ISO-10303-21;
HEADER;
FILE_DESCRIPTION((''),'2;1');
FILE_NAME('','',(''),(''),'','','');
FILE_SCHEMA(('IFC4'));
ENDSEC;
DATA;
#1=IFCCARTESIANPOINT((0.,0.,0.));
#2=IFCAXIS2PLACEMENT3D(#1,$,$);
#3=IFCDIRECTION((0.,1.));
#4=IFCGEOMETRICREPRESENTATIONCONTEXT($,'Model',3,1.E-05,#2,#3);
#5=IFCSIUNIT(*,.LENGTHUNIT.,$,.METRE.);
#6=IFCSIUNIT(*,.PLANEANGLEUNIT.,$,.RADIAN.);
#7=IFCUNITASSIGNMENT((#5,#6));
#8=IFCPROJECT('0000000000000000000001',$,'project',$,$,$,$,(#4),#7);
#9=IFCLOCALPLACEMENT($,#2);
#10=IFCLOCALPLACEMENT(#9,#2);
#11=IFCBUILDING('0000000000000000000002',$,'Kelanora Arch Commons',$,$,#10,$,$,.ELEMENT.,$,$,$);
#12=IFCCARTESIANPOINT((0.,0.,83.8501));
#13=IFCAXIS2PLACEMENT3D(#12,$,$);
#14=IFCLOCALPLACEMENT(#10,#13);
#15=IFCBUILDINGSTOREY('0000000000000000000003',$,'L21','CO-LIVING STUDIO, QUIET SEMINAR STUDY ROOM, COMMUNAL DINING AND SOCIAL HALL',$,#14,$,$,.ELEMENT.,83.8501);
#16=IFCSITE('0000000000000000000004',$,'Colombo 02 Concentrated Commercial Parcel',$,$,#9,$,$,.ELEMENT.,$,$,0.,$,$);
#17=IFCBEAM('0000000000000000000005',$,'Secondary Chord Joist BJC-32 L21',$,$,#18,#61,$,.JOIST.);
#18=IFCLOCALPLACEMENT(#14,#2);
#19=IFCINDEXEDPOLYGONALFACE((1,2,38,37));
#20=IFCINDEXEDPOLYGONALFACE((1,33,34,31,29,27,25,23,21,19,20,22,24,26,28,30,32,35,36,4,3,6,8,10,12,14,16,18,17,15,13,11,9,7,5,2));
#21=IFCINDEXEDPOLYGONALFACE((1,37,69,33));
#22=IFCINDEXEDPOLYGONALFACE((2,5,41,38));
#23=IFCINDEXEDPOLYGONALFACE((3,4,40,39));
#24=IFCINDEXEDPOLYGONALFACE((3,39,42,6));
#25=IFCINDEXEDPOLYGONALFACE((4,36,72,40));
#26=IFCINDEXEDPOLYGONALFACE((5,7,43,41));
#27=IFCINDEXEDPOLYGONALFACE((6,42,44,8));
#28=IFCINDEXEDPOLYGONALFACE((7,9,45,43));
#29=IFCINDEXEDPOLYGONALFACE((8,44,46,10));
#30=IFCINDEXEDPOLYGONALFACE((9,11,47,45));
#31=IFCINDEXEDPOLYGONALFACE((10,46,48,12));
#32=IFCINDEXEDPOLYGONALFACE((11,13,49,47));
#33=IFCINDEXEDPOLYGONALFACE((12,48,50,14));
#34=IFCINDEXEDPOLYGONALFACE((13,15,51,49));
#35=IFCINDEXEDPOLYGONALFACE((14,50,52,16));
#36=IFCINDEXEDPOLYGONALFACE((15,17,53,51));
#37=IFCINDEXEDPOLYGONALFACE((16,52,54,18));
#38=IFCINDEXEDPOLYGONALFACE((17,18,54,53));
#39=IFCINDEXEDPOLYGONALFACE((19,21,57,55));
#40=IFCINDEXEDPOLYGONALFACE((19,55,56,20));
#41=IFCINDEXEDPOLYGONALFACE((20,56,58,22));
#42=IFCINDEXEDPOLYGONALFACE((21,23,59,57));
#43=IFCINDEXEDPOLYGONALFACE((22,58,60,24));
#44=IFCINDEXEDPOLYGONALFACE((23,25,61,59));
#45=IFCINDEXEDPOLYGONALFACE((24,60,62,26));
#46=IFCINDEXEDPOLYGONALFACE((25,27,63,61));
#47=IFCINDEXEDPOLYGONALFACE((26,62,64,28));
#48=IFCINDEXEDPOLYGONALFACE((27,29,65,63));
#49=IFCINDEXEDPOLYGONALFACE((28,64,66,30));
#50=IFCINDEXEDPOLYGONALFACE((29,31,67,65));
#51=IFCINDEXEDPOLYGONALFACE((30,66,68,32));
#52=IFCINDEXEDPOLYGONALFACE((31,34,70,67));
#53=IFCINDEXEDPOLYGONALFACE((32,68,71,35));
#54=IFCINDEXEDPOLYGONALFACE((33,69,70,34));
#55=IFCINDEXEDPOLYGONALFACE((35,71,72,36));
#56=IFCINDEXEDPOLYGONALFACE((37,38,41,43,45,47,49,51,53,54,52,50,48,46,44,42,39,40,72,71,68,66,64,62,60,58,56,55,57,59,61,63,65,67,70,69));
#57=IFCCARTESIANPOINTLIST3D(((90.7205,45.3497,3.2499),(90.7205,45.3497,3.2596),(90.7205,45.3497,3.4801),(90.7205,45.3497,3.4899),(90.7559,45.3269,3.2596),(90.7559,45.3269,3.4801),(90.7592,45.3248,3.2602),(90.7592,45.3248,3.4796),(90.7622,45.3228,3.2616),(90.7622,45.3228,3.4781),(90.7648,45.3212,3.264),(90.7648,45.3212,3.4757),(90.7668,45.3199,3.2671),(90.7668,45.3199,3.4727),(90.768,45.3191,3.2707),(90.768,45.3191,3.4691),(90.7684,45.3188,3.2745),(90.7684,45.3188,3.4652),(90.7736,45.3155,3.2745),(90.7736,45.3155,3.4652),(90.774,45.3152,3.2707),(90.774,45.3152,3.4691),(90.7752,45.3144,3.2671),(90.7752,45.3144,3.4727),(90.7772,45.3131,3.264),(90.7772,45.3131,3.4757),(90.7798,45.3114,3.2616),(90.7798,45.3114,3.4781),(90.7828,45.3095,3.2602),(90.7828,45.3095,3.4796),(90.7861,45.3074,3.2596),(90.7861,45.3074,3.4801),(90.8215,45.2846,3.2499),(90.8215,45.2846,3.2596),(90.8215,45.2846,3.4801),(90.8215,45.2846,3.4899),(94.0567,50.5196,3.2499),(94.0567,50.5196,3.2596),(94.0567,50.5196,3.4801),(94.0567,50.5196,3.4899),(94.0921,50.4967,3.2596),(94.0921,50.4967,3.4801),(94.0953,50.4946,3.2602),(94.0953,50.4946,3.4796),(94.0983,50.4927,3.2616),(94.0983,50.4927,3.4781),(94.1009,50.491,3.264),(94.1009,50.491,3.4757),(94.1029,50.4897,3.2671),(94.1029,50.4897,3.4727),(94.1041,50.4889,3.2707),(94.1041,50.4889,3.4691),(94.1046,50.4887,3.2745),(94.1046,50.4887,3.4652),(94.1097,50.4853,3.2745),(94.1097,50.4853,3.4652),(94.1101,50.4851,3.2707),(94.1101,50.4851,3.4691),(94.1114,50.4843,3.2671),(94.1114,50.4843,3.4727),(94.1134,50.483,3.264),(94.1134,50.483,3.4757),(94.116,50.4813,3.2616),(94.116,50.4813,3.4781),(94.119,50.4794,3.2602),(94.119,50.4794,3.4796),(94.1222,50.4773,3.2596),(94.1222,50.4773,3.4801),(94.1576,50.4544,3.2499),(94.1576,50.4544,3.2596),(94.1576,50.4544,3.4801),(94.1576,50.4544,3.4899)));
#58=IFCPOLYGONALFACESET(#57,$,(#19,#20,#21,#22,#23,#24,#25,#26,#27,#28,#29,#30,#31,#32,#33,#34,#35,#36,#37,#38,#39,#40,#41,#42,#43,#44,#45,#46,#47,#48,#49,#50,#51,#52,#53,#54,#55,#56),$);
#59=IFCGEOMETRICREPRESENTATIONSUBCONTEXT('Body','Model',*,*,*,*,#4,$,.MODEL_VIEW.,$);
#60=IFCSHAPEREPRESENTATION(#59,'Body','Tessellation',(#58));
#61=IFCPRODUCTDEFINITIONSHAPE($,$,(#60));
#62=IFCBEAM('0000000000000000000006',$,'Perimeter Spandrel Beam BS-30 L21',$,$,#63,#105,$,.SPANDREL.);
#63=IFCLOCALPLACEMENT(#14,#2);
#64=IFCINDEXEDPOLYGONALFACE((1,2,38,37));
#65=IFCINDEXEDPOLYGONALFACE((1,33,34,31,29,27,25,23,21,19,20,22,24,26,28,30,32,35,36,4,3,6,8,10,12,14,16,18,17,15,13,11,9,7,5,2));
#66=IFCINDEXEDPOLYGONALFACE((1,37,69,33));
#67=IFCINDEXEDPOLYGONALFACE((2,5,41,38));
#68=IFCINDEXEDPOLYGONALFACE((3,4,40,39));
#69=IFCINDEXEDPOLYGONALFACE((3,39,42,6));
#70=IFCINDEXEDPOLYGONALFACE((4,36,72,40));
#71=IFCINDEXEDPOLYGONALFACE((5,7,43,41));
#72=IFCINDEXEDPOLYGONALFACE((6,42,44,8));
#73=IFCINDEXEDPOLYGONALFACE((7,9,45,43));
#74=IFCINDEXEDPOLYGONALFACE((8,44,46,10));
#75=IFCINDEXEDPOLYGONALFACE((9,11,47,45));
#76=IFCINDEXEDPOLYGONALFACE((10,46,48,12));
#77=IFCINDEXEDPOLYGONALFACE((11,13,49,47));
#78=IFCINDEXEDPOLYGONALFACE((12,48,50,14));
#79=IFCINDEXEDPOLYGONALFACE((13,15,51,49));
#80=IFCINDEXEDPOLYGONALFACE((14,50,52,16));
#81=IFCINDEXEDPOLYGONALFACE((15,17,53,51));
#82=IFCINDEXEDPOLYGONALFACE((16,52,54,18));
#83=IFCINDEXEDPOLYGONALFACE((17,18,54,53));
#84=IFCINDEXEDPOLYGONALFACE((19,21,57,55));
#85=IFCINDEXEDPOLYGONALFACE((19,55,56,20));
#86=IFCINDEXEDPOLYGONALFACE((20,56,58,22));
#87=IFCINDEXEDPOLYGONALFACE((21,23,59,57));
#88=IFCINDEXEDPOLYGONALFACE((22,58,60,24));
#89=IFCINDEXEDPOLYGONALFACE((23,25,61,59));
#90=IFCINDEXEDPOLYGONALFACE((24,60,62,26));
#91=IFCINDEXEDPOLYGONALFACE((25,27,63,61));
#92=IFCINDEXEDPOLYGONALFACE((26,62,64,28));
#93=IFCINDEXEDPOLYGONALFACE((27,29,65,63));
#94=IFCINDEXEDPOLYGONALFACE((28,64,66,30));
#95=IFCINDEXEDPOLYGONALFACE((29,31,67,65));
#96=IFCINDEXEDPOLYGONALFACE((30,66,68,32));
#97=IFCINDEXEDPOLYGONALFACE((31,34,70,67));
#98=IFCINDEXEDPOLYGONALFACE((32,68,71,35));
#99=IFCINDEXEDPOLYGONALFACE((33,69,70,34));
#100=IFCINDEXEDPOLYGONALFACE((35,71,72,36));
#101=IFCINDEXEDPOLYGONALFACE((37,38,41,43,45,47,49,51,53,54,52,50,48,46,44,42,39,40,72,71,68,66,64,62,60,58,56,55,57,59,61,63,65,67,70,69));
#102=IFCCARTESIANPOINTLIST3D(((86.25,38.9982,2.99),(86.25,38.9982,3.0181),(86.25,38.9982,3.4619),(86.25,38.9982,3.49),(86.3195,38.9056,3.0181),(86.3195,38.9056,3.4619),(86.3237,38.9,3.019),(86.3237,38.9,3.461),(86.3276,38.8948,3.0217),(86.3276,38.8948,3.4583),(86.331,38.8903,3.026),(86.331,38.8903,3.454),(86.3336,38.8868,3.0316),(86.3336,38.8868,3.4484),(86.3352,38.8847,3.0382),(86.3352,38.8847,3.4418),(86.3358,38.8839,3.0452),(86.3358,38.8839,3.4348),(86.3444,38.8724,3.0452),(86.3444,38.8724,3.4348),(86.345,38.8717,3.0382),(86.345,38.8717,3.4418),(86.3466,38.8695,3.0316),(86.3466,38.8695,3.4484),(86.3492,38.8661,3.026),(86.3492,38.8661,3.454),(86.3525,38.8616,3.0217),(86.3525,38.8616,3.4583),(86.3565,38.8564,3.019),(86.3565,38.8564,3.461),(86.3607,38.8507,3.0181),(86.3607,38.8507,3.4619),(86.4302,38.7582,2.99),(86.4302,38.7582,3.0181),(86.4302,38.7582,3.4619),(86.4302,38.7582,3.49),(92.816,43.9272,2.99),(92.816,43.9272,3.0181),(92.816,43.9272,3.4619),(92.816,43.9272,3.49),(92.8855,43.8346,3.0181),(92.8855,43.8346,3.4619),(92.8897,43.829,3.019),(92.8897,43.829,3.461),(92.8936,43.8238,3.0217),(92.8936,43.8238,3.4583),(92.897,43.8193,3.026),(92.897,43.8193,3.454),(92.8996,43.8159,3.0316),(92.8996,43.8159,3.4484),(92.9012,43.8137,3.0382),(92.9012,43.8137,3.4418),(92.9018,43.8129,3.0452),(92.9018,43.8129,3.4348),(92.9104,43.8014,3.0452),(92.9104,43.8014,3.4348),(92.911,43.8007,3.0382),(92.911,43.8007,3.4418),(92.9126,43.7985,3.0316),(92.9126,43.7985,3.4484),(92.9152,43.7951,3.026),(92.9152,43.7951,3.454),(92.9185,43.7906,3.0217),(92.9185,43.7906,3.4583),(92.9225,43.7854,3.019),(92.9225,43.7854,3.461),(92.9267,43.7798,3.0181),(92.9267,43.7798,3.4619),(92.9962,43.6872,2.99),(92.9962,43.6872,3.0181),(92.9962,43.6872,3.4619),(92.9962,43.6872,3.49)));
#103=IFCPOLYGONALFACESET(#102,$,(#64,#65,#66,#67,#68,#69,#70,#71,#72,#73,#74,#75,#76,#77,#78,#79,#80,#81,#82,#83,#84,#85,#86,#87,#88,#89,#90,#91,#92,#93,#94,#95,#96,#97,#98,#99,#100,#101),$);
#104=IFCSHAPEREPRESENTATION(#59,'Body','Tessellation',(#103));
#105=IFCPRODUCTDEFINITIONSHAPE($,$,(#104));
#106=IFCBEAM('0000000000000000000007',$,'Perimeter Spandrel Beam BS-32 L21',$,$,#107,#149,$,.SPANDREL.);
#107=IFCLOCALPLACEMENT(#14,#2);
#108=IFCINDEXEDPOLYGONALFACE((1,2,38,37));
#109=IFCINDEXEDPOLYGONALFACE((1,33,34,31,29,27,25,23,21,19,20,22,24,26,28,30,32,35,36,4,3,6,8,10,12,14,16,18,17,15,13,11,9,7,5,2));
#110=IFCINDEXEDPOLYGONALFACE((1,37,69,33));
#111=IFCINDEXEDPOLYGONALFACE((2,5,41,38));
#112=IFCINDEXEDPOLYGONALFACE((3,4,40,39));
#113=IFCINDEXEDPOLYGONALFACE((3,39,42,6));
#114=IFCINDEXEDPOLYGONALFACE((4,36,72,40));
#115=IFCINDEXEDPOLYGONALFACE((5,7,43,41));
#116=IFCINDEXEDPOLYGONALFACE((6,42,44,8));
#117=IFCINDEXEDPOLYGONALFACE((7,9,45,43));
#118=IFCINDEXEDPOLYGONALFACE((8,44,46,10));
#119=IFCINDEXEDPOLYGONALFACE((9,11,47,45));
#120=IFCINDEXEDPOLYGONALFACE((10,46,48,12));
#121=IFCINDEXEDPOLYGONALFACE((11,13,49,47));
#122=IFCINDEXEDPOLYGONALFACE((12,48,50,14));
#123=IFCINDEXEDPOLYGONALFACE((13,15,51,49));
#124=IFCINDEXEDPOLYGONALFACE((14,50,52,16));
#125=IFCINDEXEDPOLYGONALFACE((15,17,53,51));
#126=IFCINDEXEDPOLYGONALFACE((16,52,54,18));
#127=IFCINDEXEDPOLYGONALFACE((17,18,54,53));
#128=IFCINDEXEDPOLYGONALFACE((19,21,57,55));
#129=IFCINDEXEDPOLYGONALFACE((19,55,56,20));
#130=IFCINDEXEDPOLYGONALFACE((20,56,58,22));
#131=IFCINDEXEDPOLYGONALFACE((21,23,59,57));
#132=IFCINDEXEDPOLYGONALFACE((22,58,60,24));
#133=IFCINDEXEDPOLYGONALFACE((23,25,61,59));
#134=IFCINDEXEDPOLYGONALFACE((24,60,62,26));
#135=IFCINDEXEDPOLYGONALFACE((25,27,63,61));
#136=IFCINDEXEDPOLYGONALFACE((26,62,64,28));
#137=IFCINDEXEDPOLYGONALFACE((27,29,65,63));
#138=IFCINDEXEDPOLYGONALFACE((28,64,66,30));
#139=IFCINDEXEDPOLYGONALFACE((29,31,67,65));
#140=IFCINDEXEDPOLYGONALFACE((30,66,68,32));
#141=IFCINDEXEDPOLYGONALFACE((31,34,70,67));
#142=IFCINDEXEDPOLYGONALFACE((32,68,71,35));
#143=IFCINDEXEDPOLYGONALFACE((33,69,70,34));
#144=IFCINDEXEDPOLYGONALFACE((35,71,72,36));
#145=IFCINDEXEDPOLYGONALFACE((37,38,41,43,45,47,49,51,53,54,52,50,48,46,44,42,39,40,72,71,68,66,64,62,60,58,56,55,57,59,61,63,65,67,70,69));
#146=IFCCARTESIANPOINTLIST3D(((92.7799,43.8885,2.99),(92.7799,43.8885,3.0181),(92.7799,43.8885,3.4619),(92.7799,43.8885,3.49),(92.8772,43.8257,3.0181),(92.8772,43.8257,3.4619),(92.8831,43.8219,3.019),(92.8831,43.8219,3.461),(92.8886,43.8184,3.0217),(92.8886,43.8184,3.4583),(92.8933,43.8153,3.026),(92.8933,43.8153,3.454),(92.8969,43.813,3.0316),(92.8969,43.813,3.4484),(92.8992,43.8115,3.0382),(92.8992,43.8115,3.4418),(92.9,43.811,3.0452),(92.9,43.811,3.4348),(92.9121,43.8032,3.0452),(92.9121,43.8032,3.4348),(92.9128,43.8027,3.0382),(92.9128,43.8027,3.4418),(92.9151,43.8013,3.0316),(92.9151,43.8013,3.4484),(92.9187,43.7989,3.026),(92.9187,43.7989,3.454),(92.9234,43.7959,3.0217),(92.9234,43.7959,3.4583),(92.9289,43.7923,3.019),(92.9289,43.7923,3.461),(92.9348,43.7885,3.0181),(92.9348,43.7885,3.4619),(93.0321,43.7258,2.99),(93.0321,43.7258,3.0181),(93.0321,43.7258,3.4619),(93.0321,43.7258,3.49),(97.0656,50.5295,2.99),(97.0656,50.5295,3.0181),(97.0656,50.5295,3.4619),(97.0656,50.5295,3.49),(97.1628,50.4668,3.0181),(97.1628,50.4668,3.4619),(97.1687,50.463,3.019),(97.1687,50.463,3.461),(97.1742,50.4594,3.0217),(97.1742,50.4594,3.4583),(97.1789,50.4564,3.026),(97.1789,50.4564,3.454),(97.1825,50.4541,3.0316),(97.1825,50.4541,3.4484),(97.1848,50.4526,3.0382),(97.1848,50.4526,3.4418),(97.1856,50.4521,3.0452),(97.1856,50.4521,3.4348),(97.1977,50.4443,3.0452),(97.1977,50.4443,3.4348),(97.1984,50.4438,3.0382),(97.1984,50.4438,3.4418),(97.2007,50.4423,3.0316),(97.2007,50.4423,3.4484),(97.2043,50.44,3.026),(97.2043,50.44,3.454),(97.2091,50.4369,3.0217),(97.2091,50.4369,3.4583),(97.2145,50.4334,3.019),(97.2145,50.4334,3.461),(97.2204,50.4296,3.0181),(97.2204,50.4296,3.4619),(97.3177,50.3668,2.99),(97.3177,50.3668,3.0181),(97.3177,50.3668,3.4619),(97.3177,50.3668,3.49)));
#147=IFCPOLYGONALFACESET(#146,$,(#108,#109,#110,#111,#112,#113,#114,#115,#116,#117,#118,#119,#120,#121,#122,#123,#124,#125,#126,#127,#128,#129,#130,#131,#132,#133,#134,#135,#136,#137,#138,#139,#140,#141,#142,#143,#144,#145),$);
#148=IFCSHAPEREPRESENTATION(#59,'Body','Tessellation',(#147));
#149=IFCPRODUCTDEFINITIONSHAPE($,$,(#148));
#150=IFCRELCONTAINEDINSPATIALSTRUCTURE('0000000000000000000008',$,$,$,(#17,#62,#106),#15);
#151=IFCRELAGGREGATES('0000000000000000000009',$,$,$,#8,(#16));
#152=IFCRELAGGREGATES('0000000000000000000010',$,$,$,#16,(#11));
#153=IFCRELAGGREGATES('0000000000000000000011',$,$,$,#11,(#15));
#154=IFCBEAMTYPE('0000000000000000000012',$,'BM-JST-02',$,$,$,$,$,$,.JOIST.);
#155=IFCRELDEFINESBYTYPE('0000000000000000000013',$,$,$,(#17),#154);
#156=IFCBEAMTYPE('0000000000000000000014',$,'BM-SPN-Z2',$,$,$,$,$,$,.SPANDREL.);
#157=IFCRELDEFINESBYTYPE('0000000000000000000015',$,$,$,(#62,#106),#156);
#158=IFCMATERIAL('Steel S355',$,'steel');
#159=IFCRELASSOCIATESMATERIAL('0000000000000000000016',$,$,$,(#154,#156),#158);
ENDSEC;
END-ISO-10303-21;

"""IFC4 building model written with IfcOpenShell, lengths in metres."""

from ifc_helpers import new_model, si_unit, direction, frame, origin, origin_2d, place, context, subcontext, project, spatial, i_section, extrude, material, material_profile, profile_set, type_object, element, save


model = new_model("IFC4")

# Units and contexts
model_context = context("Model", 3, precision=1e-05, world=origin(), true_north=direction((0.0, 1.0)))
body_context = subcontext(model_context, "Body", "Model", "MODEL_VIEW")
ifc_project = project(units=[si_unit("LENGTHUNIT", "METRE"), si_unit("PLANEANGLEUNIT", "RADIAN")], contexts=[model_context])

# Site, building, storey
site_placement = place(None, origin())
site = spatial("IfcSite", under=ifc_project, at=site_placement, Name="Colombo 02 Concentrated Commercial Parcel", CompositionType="ELEMENT", RefElevation=0.0)
building_placement = place(site_placement, origin())
building = spatial("IfcBuilding", under=site, at=building_placement, Name="Kelanora Arch Commons", CompositionType="ELEMENT")
storey_placement = place(building_placement, frame((0.0, 0.0, 83.8501)))
storey = spatial("IfcBuildingStorey", under=building, at=storey_placement, Name="L21", Description="CO-LIVING STUDIO, QUIET SEMINAR STUDY ROOM, COMMUNAL DINING AND SOCIAL HALL", CompositionType="ELEMENT", Elevation=83.8501)

# Beams
ifc_material_1 = material(Name="Steel S355", Category="steel")
ifc_material_profile_1 = material_profile(ifc_material_1, i_section(OverallWidth=0.1201, OverallDepth=0.24, WebThickness=0.0061, FlangeThickness=0.0098, FilletRadius=0.0149, at=origin_2d()), Name="IPE240")
ifc_profile_set_1 = profile_set([ifc_material_profile_1], Name="Steel S355")
beam_type_1 = type_object("IfcBeamType", Name="BM-JST-02", PredefinedType="JOIST", material=ifc_profile_set_1)
beam_1_placement = place(storey_placement, frame((90.771, 45.3171, 3.3699), z_axis=(0.542213, 0.840241, 0.0), x_axis=(-0.840241, 0.542213, 0.0)))
element("IfcBeam", 1, at=beam_1_placement, inside=storey, type_object=beam_type_1, Name="Secondary Chord Joist BJC-32 L21", PredefinedType="JOIST", context=body_context, shape_type="SweptSolid", body=[
    extrude(i_section(OverallWidth=0.1201, OverallDepth=0.24, WebThickness=0.0061, FlangeThickness=0.0098, FilletRadius=0.0149, at=origin_2d()), origin(), (0.0, 0.0, 1.0), 6.1528),
])
ifc_material_profile_2 = material_profile(ifc_material_1, i_section(OverallWidth=0.3, OverallDepth=0.5, WebThickness=0.0144, FlangeThickness=0.0281, FilletRadius=0.0271, at=origin_2d()), Name="HEB500")
ifc_profile_set_2 = profile_set([ifc_material_profile_2], Name="Steel S355")
beam_type_2 = type_object("IfcBeamType", Name="BM-SPN-Z2", PredefinedType="SPANDREL", material=ifc_profile_set_2)
beam_2_placement = place(storey_placement, frame((86.3401, 38.8782, 3.24), z_axis=(0.799736, 0.600352, 0.0), x_axis=(-0.600352, 0.799736, 0.0)))
element("IfcBeam", 2, at=beam_2_placement, inside=storey, type_object=beam_type_2, Name="Perimeter Spandrel Beam BS-30 L21", PredefinedType="SPANDREL", context=body_context, shape_type="SweptSolid", body=[
    extrude(i_section(OverallWidth=0.3, OverallDepth=0.5, WebThickness=0.0144, FlangeThickness=0.0281, FilletRadius=0.0271, at=origin_2d()), origin(), (0.0, 0.0, 1.0), 8.2102),
])
beam_3_placement = place(storey_placement, frame((92.906, 43.8071, 3.24), z_axis=(0.542221, 0.840236, 0.0), x_axis=(-0.840236, 0.542221, 0.0)))
element("IfcBeam", 3, at=beam_3_placement, inside=storey, type_object=beam_type_2, Name="Perimeter Spandrel Beam BS-32 L21", PredefinedType="SPANDREL", context=body_context, shape_type="SweptSolid", body=[
    extrude(i_section(OverallWidth=0.3, OverallDepth=0.5, WebThickness=0.0144, FlangeThickness=0.0281, FilletRadius=0.0271, at=origin_2d()), origin(), (0.0, 0.0, 1.0), 7.9038),
])

save(model, "model.ifc")
